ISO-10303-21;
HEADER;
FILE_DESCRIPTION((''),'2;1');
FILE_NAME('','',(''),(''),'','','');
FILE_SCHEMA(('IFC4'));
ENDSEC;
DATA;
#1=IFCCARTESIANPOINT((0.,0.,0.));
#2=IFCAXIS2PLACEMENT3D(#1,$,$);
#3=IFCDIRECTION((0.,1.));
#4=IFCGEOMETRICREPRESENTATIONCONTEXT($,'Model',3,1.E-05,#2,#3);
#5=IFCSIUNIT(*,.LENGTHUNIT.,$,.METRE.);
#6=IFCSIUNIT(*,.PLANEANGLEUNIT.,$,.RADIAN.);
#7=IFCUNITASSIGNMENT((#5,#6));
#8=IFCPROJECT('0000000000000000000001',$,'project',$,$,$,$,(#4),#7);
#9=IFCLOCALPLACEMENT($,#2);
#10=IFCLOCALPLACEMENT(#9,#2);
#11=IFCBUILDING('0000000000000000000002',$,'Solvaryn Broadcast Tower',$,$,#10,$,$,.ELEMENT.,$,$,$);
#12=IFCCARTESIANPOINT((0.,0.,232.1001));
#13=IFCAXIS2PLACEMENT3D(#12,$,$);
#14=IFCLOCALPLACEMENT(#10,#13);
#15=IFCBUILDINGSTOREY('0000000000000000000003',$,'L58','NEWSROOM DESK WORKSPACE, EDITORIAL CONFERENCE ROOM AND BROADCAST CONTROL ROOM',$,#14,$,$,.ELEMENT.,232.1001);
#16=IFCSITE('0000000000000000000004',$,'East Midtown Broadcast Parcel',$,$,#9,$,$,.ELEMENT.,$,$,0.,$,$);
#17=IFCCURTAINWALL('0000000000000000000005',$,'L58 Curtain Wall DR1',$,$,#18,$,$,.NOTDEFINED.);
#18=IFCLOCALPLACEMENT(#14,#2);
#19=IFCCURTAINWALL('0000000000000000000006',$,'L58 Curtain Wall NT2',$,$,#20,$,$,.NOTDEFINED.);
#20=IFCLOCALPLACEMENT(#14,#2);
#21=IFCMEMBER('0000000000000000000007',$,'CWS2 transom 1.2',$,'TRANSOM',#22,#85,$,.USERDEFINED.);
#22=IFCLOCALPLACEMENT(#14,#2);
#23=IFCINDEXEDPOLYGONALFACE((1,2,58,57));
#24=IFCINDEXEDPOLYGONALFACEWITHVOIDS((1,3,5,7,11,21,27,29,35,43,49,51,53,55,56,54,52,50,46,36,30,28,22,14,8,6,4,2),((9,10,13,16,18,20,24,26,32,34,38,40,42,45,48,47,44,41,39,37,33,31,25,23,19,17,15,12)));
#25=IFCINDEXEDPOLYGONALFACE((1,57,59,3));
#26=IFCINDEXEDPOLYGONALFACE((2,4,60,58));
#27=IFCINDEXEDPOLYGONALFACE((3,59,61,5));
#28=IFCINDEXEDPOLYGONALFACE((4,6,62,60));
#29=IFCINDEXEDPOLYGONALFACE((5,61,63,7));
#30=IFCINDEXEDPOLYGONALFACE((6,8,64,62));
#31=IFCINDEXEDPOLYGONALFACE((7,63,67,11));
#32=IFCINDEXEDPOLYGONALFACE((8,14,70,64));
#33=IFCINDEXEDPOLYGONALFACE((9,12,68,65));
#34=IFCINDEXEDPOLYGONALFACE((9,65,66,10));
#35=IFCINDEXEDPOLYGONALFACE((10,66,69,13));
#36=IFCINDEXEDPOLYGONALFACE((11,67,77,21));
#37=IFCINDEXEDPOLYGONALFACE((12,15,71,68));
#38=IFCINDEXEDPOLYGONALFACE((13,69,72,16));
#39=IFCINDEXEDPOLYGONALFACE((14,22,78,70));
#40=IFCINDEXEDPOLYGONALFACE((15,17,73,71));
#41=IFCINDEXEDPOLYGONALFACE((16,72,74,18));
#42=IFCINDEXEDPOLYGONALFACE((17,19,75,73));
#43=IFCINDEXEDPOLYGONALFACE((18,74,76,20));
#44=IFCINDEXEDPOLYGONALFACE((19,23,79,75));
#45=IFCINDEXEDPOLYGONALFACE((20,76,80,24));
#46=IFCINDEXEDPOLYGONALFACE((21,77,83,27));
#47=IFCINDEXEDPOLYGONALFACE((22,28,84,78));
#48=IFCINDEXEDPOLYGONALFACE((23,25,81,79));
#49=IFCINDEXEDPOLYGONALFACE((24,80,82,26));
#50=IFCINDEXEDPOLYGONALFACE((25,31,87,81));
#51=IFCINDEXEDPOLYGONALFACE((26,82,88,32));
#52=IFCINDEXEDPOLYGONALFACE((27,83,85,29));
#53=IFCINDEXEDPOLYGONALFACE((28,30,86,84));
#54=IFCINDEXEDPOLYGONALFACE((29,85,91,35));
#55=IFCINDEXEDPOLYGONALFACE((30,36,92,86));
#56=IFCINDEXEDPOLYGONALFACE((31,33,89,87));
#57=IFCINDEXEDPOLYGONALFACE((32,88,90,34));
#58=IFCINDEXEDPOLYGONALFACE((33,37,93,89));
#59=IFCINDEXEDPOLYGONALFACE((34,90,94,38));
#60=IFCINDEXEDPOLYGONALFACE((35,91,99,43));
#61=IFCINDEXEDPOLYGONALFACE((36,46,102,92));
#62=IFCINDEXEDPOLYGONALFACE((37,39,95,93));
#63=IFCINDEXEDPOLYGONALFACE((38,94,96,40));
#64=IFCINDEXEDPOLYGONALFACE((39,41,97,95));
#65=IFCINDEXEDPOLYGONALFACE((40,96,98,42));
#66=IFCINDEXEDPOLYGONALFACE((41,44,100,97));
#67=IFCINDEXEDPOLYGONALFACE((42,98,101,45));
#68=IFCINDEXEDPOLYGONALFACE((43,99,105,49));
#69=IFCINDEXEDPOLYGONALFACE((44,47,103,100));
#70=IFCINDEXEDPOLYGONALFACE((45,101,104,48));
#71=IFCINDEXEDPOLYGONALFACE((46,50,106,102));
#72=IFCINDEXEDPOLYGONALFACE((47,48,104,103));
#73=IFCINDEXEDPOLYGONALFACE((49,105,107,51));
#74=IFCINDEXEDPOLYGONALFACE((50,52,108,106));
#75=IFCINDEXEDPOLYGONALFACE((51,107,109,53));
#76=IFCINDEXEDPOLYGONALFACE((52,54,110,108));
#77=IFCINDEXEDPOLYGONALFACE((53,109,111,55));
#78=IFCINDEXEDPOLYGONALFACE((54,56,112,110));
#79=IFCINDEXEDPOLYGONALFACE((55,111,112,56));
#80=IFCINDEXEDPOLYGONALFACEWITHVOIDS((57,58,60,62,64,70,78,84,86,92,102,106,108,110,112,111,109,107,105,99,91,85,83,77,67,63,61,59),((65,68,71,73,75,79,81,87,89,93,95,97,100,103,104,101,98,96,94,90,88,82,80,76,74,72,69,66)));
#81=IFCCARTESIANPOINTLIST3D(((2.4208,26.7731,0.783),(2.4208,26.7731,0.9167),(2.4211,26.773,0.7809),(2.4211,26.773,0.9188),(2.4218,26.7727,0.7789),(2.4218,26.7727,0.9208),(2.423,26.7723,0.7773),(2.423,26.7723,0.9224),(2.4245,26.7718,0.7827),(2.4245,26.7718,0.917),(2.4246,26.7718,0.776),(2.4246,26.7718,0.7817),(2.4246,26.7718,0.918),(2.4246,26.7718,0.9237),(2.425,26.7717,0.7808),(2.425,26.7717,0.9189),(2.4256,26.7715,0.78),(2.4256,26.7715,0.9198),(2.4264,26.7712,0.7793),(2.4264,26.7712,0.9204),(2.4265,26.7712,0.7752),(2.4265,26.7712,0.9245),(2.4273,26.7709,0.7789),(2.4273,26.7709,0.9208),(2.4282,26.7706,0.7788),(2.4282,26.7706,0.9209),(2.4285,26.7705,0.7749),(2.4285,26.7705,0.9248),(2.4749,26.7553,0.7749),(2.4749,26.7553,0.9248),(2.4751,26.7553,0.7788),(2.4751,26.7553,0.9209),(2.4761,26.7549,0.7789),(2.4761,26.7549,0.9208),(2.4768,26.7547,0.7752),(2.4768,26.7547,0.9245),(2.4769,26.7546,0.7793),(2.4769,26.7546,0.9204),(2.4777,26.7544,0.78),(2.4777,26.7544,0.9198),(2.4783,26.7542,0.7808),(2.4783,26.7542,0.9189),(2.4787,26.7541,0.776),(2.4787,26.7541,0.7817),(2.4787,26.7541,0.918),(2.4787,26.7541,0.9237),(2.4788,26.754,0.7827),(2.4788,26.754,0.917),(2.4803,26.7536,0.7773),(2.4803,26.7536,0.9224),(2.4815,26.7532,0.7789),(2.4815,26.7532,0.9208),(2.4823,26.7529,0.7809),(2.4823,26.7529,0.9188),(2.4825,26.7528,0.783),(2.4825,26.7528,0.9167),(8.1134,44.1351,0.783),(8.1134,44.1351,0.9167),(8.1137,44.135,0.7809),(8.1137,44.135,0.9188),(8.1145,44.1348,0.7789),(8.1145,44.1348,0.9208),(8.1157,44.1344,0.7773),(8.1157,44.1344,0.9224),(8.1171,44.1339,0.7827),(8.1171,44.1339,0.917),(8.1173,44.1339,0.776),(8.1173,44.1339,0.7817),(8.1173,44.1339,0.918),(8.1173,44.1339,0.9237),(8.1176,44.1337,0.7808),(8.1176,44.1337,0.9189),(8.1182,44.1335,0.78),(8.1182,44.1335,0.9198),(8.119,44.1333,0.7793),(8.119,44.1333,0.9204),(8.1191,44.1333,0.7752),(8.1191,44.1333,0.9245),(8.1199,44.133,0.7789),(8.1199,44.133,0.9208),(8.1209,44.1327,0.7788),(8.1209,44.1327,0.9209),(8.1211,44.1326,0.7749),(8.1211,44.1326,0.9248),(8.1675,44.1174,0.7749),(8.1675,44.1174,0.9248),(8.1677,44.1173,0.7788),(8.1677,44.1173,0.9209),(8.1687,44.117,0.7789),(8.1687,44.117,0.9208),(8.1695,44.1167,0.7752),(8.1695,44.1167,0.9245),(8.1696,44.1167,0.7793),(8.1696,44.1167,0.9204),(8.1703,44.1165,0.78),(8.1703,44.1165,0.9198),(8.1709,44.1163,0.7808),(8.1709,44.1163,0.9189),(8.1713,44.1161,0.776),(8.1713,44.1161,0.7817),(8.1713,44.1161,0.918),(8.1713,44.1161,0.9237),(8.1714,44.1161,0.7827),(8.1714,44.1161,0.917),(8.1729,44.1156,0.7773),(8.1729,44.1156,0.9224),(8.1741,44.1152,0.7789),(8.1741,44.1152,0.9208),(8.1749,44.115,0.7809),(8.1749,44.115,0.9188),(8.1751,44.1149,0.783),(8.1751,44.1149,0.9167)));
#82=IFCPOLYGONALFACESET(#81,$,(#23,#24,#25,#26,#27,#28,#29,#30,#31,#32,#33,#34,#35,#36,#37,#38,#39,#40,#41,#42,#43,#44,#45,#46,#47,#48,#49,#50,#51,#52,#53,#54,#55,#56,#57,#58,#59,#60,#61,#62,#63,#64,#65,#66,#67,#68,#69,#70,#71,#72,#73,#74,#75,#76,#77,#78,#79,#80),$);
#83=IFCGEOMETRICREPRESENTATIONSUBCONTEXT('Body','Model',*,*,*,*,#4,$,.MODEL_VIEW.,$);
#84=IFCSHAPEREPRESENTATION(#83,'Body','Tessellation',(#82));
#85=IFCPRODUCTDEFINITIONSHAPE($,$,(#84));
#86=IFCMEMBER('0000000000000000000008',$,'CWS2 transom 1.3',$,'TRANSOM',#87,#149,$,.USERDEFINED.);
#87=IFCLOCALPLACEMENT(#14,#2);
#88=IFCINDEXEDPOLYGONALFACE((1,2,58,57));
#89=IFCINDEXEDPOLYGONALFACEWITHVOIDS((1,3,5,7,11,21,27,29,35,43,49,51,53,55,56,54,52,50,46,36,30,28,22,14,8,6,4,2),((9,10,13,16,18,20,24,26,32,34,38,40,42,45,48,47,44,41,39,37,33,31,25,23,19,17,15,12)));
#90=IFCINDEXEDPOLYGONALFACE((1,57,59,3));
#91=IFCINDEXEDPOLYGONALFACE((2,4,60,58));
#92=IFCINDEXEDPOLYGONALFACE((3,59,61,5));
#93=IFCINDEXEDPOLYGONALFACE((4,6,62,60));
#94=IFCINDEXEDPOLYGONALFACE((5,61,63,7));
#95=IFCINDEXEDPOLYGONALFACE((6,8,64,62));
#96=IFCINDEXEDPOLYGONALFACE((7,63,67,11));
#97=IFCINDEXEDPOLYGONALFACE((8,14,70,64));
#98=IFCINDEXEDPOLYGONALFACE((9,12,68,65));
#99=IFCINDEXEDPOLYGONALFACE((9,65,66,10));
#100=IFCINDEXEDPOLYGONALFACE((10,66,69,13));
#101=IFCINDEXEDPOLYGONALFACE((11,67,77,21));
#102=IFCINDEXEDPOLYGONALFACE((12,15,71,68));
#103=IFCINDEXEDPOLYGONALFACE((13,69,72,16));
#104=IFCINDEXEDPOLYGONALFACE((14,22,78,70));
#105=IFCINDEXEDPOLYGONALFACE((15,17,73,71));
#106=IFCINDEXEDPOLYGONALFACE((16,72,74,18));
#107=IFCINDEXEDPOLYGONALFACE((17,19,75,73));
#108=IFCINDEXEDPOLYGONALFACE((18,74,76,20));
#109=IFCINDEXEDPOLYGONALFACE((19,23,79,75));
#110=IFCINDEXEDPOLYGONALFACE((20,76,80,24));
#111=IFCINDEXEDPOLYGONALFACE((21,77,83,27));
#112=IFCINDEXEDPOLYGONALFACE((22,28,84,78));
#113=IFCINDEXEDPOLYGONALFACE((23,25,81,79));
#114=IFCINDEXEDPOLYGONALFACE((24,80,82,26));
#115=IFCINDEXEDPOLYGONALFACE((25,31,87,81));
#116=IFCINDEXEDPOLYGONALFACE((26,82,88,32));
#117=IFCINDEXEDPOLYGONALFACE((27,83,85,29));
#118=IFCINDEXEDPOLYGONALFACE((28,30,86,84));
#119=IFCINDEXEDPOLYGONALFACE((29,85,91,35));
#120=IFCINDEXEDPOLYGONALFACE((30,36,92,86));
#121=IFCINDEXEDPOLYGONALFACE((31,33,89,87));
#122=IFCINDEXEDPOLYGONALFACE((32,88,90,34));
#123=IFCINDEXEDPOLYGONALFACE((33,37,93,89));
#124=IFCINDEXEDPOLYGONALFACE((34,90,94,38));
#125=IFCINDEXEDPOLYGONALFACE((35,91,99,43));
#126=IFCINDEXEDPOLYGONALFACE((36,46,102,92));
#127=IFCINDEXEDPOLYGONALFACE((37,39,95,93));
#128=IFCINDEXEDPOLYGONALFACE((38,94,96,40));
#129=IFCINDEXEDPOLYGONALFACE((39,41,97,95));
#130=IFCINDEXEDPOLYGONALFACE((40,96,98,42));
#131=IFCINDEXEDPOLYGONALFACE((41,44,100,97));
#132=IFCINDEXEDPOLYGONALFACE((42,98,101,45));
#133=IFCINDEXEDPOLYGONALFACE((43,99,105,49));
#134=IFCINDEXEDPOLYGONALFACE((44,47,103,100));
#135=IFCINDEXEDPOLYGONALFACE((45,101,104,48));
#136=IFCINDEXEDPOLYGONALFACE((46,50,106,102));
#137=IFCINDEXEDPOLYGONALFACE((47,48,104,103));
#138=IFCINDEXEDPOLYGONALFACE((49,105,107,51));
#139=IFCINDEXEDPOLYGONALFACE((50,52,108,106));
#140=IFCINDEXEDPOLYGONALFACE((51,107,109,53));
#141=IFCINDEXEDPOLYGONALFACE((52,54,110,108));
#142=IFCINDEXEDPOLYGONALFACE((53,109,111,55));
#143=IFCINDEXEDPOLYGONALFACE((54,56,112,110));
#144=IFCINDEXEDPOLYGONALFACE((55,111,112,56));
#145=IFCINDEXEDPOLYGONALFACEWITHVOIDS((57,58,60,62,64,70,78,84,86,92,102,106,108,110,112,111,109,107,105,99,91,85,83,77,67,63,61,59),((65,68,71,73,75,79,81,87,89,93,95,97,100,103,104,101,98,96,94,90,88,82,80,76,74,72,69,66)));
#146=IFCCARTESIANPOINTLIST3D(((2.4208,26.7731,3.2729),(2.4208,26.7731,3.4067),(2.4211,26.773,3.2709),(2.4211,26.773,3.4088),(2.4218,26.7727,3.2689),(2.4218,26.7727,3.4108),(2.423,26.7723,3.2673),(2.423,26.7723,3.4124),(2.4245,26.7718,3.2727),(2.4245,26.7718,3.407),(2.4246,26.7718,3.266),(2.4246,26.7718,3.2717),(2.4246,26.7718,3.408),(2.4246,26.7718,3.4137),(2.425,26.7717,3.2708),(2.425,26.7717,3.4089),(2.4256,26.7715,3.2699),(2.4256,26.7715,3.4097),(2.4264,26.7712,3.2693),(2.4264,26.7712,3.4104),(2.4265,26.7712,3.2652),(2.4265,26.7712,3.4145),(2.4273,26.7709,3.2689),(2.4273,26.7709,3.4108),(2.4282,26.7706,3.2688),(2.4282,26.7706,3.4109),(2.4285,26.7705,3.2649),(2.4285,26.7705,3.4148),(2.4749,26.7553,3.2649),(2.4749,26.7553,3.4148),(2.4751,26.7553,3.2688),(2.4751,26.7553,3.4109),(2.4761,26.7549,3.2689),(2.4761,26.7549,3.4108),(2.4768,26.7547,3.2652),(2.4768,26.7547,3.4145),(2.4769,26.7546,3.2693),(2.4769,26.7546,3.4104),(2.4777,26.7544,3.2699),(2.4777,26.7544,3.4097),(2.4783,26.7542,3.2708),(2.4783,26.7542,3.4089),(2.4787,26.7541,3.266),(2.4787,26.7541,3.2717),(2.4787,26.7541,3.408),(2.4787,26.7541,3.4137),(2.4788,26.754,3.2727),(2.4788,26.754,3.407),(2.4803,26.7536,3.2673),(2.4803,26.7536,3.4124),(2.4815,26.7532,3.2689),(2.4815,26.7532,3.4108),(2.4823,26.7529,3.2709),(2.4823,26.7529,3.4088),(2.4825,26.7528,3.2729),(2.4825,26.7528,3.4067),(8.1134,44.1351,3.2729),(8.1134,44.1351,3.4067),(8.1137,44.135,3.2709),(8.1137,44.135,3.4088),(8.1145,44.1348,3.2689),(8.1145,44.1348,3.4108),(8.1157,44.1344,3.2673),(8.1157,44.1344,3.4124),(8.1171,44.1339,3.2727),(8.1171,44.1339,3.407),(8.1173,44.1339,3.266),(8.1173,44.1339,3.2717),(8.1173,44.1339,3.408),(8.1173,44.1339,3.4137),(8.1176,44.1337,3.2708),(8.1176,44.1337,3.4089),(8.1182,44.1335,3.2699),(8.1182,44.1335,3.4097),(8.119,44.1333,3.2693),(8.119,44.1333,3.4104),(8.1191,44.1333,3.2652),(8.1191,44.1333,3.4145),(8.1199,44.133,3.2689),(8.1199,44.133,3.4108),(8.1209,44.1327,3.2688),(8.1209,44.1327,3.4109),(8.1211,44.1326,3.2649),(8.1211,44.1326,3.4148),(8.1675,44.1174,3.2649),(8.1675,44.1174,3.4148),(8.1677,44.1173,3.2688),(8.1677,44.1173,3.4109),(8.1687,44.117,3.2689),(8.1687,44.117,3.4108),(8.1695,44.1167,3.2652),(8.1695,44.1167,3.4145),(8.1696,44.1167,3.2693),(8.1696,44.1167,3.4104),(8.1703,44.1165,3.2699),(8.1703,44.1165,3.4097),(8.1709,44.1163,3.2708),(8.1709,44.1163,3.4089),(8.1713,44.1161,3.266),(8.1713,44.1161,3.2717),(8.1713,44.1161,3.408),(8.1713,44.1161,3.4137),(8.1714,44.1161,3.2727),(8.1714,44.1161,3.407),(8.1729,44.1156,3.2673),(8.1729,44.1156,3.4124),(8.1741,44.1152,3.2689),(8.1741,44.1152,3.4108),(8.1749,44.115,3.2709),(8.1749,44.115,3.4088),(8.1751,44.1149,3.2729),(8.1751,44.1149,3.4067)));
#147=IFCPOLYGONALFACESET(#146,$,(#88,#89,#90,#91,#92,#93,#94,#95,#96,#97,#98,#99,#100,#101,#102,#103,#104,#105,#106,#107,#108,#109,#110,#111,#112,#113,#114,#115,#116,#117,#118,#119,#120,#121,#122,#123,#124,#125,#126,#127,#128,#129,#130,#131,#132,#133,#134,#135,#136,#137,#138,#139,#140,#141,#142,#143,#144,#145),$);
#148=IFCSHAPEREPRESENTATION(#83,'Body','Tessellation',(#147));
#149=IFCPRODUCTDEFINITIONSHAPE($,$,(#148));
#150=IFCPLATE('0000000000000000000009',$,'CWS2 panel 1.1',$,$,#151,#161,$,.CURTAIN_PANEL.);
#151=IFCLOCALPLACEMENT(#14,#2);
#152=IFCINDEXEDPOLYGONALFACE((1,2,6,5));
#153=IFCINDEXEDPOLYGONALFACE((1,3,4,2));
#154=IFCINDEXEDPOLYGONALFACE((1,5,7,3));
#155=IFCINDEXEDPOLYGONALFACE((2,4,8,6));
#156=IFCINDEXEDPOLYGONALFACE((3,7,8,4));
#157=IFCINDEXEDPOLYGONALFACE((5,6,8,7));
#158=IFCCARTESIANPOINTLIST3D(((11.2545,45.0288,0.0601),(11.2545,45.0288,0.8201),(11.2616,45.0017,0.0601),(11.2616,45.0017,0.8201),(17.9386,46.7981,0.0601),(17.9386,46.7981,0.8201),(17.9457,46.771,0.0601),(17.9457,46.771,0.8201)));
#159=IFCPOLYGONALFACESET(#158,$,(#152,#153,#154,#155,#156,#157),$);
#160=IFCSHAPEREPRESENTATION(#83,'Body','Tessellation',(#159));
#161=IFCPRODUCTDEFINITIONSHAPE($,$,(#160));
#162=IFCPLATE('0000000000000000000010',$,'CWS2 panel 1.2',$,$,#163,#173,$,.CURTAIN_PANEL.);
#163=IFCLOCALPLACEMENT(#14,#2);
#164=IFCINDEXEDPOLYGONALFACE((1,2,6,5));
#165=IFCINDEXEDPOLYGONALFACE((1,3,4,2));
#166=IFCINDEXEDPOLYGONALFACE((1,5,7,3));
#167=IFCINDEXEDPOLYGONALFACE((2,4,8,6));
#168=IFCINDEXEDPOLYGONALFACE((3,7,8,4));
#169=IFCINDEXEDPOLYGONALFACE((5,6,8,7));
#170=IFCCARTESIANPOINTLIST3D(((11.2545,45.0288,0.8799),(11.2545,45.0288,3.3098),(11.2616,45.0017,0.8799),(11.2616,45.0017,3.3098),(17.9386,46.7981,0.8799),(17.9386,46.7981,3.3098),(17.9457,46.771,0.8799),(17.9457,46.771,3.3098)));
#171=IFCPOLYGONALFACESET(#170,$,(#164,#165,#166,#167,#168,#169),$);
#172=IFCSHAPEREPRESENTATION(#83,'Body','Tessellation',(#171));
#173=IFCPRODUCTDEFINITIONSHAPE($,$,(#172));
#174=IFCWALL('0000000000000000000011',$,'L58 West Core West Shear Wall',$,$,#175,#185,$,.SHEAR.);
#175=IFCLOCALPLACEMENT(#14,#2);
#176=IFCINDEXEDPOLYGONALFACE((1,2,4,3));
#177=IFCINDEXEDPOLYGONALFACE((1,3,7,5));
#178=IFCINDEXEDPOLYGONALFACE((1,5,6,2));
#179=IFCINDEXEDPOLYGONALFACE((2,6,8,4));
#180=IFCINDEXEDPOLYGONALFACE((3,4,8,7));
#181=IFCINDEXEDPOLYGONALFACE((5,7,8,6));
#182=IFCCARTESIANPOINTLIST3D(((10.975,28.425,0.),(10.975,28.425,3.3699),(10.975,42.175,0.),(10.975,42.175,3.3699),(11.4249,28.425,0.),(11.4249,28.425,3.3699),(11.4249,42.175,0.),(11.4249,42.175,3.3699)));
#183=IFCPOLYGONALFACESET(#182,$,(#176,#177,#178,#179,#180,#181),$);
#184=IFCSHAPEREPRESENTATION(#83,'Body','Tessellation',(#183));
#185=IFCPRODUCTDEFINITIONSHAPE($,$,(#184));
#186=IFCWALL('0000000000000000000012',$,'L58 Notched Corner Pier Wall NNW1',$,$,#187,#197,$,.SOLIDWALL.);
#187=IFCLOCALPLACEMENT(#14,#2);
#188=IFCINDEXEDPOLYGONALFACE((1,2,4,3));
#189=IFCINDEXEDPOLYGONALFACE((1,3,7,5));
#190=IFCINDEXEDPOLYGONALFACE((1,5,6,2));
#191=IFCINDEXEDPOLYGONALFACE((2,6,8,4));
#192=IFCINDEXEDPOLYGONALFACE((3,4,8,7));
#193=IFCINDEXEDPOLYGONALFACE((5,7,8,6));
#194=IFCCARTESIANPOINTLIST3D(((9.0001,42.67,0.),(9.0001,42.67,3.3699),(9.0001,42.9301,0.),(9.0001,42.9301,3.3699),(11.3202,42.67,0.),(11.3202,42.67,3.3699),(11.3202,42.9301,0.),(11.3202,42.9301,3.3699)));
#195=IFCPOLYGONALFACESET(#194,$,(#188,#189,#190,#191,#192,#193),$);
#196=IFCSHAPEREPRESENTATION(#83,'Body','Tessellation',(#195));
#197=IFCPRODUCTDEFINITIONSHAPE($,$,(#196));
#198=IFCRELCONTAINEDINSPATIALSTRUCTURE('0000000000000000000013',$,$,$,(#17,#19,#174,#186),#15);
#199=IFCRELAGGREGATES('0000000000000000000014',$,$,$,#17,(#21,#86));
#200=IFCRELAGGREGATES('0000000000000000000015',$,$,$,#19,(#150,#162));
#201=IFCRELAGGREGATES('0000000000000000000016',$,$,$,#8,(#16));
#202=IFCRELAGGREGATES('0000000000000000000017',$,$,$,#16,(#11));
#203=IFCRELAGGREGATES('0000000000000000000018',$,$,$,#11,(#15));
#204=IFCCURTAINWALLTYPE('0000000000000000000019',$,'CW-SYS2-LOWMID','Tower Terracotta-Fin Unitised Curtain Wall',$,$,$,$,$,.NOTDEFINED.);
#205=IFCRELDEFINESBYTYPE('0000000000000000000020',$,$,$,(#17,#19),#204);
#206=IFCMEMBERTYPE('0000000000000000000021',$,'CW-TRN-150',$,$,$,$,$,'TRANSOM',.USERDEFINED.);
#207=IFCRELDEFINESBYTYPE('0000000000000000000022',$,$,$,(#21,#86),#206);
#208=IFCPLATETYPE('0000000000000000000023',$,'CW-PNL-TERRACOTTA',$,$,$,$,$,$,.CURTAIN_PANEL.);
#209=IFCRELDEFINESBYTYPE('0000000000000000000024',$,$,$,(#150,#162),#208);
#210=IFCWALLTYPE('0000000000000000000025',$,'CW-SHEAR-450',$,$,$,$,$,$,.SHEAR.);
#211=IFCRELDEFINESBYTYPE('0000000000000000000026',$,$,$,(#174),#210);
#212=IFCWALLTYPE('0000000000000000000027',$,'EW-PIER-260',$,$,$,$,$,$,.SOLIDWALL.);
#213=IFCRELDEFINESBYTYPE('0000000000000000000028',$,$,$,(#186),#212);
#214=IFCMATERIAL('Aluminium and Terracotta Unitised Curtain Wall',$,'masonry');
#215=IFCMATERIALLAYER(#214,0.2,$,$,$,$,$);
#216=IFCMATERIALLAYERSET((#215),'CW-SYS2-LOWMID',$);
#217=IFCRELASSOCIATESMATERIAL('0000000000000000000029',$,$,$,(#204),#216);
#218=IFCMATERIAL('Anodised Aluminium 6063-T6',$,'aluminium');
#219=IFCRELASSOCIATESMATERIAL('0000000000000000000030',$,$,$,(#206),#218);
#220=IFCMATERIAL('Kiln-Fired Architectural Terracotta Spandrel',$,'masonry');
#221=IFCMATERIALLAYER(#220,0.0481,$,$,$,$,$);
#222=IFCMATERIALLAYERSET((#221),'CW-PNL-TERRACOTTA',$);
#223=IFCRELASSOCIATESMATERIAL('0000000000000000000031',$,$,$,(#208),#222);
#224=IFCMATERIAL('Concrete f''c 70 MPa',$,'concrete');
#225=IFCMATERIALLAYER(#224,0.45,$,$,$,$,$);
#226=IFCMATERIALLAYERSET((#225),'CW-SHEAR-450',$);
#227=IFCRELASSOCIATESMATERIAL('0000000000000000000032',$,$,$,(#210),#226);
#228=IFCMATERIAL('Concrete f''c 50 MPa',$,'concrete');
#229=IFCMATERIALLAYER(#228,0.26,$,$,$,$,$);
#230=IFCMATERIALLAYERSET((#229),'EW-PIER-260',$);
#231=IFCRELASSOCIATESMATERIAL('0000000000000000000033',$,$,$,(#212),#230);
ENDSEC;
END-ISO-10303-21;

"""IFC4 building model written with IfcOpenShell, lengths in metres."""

from ifc_helpers import new_model, si_unit, direction, frame, frame_2d, origin, origin_2d, place, context, subcontext, project, spatial, rectangle, hollow_rectangle, extrude, material, layer, layer_set, material_profile, profile_set, type_object, element, aggregate, save


model = new_model("IFC4")

# Units and contexts
model_context = context("Model", 3, precision=1e-05, world=origin(), true_north=direction((0.0, 1.0)))
body_context = subcontext(model_context, "Body", "Model", "MODEL_VIEW")
ifc_project = project(units=[si_unit("LENGTHUNIT", "METRE"), si_unit("PLANEANGLEUNIT", "RADIAN")], contexts=[model_context])

# Site, building, storey
site_placement = place(None, origin())
site = spatial("IfcSite", under=ifc_project, at=site_placement, Name="East Midtown Broadcast Parcel", CompositionType="ELEMENT", RefElevation=0.0)
building_placement = place(site_placement, origin())
building = spatial("IfcBuilding", under=site, at=building_placement, Name="Solvaryn Broadcast Tower", CompositionType="ELEMENT")
storey_placement = place(building_placement, frame((0.0, 0.0, 232.1001)))
storey = spatial("IfcBuildingStorey", under=building, at=storey_placement, Name="L58", Description="NEWSROOM DESK WORKSPACE, EDITORIAL CONFERENCE ROOM AND BROADCAST CONTROL ROOM", CompositionType="ELEMENT", Elevation=232.1001)

# Curtain walls
ifc_material_1 = material(Name="Aluminium and Terracotta Unitised Curtain Wall", Category="masonry")
ifc_layer_1 = layer(ifc_material_1, 0.2)
ifc_layer_set_1 = layer_set([ifc_layer_1], Name="CW-SYS2-LOWMID")
curtain_wall_type = type_object("IfcCurtainWallType", Name="CW-SYS2-LOWMID", Description="Tower Terracotta-Fin Unitised Curtain Wall", PredefinedType="NOTDEFINED", material=ifc_layer_set_1)
curtain_wall_1_placement = place(storey_placement, origin())
curtain_wall_1 = element("IfcCurtainWall", 1, at=curtain_wall_1_placement, inside=storey, type_object=curtain_wall_type, Name="L58 Curtain Wall DR1", PredefinedType="NOTDEFINED")
curtain_wall_2_placement = place(storey_placement, origin())
curtain_wall_2 = element("IfcCurtainWall", 2, at=curtain_wall_2_placement, inside=storey, type_object=curtain_wall_type, Name="L58 Curtain Wall NT2", PredefinedType="NOTDEFINED")

# Members
ifc_material_2 = material(Name="Anodised Aluminium 6063-T6", Category="aluminium")
ifc_material_profile_1 = material_profile(ifc_material_2, hollow_rectangle(XDim=0.0649, YDim=0.1499, WallThickness=0.0039, InnerFilletRadius=0.0039, OuterFilletRadius=0.0081, at=origin_2d()))
ifc_profile_set_1 = profile_set([ifc_material_profile_1], Name="Anodised Aluminium 6063-T6")
member_type_1 = type_object("IfcMemberType", Name="CW-TRN-150", ElementType="TRANSOM", PredefinedType="USERDEFINED", material=ifc_profile_set_1)
member_1_placement = place(storey_placement, frame((8.1443, 44.125, 0.8499), z_axis=(-0.311558, -0.950227, 0.0), x_axis=(0.950227, -0.311558, 0.0)))
member_1 = element("IfcMember", 3, at=member_1_placement, type_object=member_type_1, Name="CWS2 transom 1.2", ObjectType="TRANSOM", PredefinedType="USERDEFINED", context=body_context, shape_type="SweptSolid", body=[
    extrude(hollow_rectangle(XDim=0.0649, YDim=0.1499, WallThickness=0.0039, InnerFilletRadius=0.0039, OuterFilletRadius=0.0081, at=origin_2d()), origin(), (0.0, 0.0, 1.0), 18.2715),
])
member_2_placement = place(storey_placement, frame((8.1443, 44.125, 3.3398), z_axis=(-0.311558, -0.950227, 0.0), x_axis=(0.950227, -0.311558, 0.0)))
member_2 = element("IfcMember", 4, at=member_2_placement, type_object=member_type_1, Name="CWS2 transom 1.3", ObjectType="TRANSOM", PredefinedType="USERDEFINED", context=body_context, shape_type="SweptSolid", body=[
    extrude(hollow_rectangle(XDim=0.0649, YDim=0.1499, WallThickness=0.0039, InnerFilletRadius=0.0039, OuterFilletRadius=0.0081, at=origin_2d()), origin(), (0.0, 0.0, 1.0), 18.2715),
])
aggregate(curtain_wall_1, [member_1, member_2])

# Plates
ifc_material_3 = material(Name="Kiln-Fired Architectural Terracotta Spandrel", Category="masonry")
ifc_layer_2 = layer(ifc_material_3, 0.0481)
ifc_layer_set_2 = layer_set([ifc_layer_2], Name="CW-PNL-TERRACOTTA")
plate_type = type_object("IfcPlateType", Name="CW-PNL-TERRACOTTA", PredefinedType="CURTAIN_PANEL", material=ifc_layer_set_2)
plate_1_placement = place(storey_placement, frame((14.6001, 45.8999, 0.0601), z_axis=(0.0, 0.0, 1.0), x_axis=(-0.966705, -0.255893, 0.0)))
plate_1 = element("IfcPlate", 5, at=plate_1_placement, type_object=plate_type, Name="CWS2 panel 1.1", PredefinedType="CURTAIN_PANEL", context=body_context, shape_type="SweptSolid", body=[
    extrude(rectangle(XDim=6.9143, YDim=0.0281, at=origin_2d()), origin(), (0.0, 0.0, 1.0), 0.76),
])
plate_2_placement = place(storey_placement, frame((14.6001, 45.8999, 0.8799), z_axis=(0.0, 0.0, 1.0), x_axis=(-0.966705, -0.255893, 0.0)))
plate_2 = element("IfcPlate", 6, at=plate_2_placement, type_object=plate_type, Name="CWS2 panel 1.2", PredefinedType="CURTAIN_PANEL", context=body_context, shape_type="SweptSolid", body=[
    extrude(rectangle(XDim=6.9143, YDim=0.0281, at=origin_2d()), origin(), (0.0, 0.0, 1.0), 2.4299),
])
aggregate(curtain_wall_2, [plate_1, plate_2])

# Walls
ifc_material_4 = material(Name="Concrete f'c 70 MPa", Category="concrete")
ifc_layer_3 = layer(ifc_material_4, 0.45)
ifc_layer_set_3 = layer_set([ifc_layer_3], Name="CW-SHEAR-450")
wall_type_1 = type_object("IfcWallType", Name="CW-SHEAR-450", PredefinedType="SHEAR", material=ifc_layer_set_3)
wall_1_placement = place(storey_placement, frame((11.2, 42.175, 0.0), z_axis=(0.0, 0.0, 1.0), x_axis=(0.0, -1.0, 0.0)))
element("IfcWall", 7, at=wall_1_placement, inside=storey, type_object=wall_type_1, Name="L58 West Core West Shear Wall", PredefinedType="SHEAR", context=body_context, shape_type="SweptSolid", body=[
    extrude(rectangle(XDim=13.75, YDim=0.45, at=frame_2d((6.875, 0.0))), origin(), (0.0, 0.0, 1.0), 3.3699),
])
ifc_material_5 = material(Name="Concrete f'c 50 MPa", Category="concrete")
ifc_layer_4 = layer(ifc_material_5, 0.26)
ifc_layer_set_4 = layer_set([ifc_layer_4], Name="EW-PIER-260")
wall_type_2 = type_object("IfcWallType", Name="EW-PIER-260", PredefinedType="SOLIDWALL", material=ifc_layer_set_4)
wall_2_placement = place(storey_placement, frame((9.0, 42.8, 0.0), z_axis=(0.0, 0.0, 1.0), x_axis=(1.0, 0.0, 0.0)))
element("IfcWall", 8, at=wall_2_placement, inside=storey, type_object=wall_type_2, Name="L58 Notched Corner Pier Wall NNW1", PredefinedType="SOLIDWALL", context=body_context, shape_type="SweptSolid", body=[
    extrude(rectangle(XDim=2.3201, YDim=0.26, at=frame_2d((1.1602, 0.0))), origin(), (0.0, 0.0, 1.0), 3.3699),
])

save(model, "model.ifc")
